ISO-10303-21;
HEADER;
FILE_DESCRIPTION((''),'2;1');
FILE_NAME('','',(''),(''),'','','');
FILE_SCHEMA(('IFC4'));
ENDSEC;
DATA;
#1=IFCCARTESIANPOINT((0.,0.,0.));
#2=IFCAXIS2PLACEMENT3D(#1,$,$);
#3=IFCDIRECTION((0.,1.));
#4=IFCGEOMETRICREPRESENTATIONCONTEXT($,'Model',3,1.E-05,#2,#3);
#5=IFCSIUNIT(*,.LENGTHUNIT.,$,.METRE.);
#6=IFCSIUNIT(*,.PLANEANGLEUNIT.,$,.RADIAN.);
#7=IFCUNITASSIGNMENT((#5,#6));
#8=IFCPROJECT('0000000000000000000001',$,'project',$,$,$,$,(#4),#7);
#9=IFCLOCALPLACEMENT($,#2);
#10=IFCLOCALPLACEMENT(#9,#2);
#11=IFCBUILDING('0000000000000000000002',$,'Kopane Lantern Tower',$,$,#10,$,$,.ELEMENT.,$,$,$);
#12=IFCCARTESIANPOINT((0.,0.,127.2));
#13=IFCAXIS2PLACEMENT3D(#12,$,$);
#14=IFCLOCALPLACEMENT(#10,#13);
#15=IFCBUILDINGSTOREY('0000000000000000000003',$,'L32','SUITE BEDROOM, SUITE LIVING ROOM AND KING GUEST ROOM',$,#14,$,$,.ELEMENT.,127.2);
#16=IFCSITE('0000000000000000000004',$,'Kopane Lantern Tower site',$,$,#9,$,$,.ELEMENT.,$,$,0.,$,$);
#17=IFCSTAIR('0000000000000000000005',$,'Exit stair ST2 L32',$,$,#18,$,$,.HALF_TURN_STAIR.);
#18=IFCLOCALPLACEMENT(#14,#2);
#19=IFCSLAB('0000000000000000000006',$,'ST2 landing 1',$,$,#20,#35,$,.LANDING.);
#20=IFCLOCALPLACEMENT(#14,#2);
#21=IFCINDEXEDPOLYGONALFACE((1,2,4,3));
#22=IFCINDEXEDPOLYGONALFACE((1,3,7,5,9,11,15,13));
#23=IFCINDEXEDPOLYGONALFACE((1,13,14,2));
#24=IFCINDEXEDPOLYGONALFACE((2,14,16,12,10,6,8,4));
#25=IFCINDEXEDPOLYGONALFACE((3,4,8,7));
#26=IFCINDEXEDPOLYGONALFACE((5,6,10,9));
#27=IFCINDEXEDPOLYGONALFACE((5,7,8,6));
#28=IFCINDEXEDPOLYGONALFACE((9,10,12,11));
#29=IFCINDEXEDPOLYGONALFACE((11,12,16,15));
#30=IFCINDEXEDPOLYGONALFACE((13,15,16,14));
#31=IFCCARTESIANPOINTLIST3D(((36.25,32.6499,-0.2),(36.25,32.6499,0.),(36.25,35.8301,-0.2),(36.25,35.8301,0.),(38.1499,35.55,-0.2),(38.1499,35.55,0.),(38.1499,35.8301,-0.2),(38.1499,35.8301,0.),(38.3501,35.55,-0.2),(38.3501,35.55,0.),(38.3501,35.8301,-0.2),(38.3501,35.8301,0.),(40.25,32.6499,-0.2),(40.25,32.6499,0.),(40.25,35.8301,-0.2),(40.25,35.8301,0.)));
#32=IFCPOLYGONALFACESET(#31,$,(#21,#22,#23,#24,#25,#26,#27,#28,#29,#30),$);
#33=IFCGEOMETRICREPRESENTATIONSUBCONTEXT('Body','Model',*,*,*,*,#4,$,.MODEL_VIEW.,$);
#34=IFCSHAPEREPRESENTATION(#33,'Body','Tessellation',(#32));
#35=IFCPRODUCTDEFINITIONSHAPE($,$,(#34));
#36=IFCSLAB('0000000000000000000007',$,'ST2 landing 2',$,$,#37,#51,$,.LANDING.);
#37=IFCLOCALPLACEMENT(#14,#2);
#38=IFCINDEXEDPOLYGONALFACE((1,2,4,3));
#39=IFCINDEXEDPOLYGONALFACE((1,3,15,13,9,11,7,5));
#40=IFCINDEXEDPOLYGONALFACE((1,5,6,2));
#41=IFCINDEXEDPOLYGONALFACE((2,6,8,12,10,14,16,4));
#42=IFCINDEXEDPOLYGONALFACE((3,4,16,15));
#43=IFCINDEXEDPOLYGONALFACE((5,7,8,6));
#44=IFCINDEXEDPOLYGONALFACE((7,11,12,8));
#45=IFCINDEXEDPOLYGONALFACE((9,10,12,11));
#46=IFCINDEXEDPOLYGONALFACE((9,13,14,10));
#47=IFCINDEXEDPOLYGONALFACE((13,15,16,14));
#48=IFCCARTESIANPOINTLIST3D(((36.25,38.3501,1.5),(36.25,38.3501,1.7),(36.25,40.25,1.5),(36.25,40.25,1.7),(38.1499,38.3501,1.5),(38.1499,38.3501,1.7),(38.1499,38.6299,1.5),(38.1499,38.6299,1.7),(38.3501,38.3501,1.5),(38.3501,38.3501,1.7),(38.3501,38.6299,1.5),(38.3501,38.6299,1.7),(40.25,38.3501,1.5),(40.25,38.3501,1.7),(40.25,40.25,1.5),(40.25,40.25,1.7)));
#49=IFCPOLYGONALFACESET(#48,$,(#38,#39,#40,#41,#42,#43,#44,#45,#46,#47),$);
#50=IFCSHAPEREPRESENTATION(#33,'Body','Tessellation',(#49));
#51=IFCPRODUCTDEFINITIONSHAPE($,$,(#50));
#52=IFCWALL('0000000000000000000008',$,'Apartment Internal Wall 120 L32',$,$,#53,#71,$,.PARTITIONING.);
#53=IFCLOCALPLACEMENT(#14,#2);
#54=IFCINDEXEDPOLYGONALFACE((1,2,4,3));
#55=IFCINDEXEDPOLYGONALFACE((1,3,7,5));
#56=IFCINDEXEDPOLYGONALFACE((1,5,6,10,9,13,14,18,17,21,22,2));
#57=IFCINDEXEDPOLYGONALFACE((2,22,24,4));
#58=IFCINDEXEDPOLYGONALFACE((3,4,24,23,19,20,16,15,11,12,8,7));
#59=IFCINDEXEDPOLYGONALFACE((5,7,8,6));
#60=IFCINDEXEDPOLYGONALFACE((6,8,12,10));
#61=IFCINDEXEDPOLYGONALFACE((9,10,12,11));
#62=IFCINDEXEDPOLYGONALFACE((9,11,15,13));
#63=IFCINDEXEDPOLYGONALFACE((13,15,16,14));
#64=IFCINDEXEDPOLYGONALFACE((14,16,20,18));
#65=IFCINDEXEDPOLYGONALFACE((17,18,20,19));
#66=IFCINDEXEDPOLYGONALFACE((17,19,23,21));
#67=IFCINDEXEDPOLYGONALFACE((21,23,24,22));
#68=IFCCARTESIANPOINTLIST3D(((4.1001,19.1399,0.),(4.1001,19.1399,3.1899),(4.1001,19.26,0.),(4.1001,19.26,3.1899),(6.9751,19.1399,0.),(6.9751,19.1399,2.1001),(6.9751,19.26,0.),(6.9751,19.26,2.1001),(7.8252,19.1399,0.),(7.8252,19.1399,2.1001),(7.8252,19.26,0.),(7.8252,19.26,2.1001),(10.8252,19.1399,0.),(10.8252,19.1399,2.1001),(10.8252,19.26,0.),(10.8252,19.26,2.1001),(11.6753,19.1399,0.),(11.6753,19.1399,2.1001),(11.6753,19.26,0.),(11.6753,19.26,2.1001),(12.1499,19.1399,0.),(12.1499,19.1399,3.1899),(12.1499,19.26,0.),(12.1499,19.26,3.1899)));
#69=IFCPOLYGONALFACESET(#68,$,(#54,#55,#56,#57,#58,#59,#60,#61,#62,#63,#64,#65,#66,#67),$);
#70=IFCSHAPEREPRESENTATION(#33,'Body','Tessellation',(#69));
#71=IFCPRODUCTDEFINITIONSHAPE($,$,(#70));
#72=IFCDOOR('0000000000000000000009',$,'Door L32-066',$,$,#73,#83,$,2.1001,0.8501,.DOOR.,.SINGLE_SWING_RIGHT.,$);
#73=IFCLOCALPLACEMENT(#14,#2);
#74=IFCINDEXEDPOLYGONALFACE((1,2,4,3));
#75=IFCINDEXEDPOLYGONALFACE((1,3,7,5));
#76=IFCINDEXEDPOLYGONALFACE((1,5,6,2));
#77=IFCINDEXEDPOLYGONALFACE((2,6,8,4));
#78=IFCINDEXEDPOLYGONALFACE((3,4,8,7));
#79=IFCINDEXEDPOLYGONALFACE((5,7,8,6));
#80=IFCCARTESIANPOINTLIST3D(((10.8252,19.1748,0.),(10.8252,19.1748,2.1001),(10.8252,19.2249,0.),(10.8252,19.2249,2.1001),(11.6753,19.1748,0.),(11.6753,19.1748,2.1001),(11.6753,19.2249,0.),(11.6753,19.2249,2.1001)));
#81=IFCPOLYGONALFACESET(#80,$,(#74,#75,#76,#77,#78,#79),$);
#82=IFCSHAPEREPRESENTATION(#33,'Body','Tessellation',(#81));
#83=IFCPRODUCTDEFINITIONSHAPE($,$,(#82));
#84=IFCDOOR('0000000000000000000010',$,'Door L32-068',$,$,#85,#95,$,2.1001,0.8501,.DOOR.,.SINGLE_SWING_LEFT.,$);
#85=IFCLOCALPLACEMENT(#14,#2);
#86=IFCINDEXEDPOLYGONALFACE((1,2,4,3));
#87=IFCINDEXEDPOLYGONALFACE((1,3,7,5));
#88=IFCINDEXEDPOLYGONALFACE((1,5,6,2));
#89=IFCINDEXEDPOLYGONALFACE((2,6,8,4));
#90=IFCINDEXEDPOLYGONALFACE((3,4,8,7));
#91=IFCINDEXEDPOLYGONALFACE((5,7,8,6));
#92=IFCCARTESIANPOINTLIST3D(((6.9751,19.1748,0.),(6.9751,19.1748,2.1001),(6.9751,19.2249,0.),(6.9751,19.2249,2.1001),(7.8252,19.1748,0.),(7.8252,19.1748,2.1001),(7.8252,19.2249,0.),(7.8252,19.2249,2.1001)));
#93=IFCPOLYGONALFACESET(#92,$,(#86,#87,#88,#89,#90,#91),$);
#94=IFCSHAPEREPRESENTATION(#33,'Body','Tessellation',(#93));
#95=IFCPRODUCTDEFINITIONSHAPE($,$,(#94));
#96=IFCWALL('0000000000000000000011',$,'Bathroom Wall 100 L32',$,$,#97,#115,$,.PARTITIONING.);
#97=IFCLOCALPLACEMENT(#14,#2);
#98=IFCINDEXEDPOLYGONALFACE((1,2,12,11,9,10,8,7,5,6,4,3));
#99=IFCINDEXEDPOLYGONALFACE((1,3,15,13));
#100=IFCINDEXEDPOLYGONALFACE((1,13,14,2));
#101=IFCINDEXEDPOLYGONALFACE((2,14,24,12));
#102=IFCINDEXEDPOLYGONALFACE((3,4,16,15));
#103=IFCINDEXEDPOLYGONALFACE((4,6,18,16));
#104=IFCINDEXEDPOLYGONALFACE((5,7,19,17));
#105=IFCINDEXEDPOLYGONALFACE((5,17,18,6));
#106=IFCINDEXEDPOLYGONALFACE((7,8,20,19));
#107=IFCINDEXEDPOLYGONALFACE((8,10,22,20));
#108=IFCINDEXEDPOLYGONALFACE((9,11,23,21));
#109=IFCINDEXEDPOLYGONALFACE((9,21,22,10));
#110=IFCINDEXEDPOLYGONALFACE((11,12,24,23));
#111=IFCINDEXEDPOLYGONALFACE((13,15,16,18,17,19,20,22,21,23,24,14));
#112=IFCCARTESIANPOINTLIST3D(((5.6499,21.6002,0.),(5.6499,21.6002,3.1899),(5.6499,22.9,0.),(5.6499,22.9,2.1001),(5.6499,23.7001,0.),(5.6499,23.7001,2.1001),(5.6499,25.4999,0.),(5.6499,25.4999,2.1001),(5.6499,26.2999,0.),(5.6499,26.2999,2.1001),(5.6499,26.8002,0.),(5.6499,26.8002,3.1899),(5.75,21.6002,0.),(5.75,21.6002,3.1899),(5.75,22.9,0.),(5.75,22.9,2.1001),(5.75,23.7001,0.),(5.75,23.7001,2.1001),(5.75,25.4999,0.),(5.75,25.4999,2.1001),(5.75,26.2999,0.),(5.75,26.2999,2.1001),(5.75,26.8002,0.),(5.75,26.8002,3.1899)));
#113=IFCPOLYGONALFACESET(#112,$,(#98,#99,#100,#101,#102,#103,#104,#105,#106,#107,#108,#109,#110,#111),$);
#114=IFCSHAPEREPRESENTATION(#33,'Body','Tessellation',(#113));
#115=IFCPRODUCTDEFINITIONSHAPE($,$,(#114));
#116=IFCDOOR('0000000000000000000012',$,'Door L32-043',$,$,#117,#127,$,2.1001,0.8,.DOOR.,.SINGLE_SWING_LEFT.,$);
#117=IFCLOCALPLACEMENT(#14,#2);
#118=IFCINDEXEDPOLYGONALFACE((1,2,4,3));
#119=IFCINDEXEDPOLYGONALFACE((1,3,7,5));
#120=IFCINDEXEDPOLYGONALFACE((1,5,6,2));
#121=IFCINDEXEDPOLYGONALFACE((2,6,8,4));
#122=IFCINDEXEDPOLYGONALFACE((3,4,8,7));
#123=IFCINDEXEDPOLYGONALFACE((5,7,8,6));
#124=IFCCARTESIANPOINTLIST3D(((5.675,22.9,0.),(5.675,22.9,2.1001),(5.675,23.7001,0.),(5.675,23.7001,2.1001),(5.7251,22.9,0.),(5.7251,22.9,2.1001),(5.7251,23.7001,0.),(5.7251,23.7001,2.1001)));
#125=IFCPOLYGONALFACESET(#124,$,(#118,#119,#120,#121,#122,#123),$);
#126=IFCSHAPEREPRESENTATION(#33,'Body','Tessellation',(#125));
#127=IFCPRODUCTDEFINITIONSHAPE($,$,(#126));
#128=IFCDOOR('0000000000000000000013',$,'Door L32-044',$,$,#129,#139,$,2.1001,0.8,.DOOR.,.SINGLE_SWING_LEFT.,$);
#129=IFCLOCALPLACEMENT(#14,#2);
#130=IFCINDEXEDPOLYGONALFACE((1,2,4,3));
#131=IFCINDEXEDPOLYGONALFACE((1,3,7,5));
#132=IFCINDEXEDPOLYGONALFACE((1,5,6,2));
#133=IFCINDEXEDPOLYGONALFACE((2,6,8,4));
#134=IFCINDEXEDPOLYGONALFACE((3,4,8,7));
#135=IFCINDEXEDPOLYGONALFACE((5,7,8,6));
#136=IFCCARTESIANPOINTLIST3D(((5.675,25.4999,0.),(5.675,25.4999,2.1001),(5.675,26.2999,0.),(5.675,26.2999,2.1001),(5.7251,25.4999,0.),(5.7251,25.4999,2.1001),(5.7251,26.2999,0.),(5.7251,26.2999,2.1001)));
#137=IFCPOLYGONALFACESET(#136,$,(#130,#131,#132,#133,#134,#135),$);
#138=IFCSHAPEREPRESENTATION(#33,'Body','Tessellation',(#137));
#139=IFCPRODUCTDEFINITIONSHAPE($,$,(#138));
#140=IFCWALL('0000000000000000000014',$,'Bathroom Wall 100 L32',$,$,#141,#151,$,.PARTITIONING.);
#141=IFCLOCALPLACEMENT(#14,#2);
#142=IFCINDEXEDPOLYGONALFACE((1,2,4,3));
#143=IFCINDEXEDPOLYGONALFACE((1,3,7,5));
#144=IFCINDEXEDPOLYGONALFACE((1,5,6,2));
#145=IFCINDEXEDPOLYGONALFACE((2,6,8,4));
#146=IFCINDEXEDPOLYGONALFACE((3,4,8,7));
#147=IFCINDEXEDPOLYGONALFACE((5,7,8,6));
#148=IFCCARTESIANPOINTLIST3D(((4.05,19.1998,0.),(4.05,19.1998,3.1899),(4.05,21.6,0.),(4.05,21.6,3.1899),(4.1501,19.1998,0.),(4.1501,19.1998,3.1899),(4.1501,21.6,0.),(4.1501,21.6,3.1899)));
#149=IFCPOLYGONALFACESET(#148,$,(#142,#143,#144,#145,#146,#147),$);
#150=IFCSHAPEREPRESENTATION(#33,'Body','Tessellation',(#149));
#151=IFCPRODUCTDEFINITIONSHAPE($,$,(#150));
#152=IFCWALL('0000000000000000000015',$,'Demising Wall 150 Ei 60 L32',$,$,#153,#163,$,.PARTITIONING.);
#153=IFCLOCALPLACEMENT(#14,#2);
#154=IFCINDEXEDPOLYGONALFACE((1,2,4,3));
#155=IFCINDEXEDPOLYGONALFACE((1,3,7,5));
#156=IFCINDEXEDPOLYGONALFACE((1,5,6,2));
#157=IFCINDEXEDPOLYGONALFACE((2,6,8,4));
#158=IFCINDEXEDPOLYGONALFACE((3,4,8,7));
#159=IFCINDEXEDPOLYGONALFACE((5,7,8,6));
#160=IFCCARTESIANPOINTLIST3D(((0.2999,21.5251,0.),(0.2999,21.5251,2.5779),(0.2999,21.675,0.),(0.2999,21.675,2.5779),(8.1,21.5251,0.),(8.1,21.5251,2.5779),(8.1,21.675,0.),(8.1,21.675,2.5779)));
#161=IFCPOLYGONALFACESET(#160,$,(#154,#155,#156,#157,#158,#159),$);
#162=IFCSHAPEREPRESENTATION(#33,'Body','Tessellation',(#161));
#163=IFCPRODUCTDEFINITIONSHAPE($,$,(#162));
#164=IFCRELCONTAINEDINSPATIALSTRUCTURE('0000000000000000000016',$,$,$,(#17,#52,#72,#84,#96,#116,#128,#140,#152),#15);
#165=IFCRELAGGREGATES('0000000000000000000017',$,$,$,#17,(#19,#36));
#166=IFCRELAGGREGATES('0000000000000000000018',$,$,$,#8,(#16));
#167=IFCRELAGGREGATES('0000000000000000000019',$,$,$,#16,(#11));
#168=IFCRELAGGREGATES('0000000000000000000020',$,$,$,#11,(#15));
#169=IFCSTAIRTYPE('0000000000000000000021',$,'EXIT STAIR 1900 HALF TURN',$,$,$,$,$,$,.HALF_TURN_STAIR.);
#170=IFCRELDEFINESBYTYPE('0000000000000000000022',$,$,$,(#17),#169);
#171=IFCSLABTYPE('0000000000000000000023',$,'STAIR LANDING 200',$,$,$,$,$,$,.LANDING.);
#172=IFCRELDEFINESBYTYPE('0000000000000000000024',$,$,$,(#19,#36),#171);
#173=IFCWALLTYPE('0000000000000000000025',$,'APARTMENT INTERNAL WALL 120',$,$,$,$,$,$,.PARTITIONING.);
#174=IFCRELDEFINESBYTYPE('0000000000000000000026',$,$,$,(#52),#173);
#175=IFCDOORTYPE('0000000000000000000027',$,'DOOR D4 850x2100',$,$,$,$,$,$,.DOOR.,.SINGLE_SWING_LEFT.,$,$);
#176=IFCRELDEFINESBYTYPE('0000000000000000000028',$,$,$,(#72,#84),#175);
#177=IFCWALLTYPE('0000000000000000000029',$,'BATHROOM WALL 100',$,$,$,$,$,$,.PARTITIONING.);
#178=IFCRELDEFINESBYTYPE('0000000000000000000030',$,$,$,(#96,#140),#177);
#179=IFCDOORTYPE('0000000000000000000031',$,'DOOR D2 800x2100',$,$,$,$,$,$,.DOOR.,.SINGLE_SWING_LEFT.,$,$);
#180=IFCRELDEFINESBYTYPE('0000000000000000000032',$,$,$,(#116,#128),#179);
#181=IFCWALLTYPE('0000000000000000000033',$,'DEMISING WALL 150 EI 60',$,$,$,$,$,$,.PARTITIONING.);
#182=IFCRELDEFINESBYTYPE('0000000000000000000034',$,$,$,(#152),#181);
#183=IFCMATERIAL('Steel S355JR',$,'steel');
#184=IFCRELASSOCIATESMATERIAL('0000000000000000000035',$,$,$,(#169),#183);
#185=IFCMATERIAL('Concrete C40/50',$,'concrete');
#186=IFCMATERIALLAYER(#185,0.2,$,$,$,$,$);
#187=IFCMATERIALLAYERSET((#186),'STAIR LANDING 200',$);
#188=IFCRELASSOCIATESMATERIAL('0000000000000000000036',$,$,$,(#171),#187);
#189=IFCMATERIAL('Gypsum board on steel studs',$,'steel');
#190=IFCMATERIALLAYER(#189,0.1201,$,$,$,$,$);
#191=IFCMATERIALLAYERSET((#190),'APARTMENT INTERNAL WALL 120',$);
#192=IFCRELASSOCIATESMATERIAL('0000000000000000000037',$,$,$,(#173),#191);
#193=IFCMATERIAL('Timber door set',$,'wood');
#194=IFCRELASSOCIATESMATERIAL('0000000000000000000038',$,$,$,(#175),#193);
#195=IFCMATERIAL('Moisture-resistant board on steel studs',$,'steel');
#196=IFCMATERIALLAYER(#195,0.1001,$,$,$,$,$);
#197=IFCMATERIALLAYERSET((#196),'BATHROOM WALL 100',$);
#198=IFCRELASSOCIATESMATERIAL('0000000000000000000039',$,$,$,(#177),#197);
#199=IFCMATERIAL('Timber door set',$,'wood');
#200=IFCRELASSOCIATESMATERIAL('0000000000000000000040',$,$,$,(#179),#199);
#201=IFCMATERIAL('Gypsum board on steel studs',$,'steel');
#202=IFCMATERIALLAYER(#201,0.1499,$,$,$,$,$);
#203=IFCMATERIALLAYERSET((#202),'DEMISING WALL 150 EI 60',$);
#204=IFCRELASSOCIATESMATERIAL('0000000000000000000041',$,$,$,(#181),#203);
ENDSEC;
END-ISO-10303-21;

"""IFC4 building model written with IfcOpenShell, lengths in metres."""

from ifc_helpers import new_model, si_unit, direction, frame, frame_2d, origin, place, context, subcontext, project, spatial, polyline, rectangle, outline, extrude, material, layer, layer_set, type_object, element, fill, aggregate, save


model = new_model("IFC4")

# Units and contexts
model_context = context("Model", 3, precision=1e-05, world=origin(), true_north=direction((0.0, 1.0)))
body_context = subcontext(model_context, "Body", "Model", "MODEL_VIEW")
ifc_project = project(units=[si_unit("LENGTHUNIT", "METRE"), si_unit("PLANEANGLEUNIT", "RADIAN")], contexts=[model_context])

# Site, building, storey
site_placement = place(None, origin())
site = spatial("IfcSite", under=ifc_project, at=site_placement, Name="Kopane Lantern Tower site", CompositionType="ELEMENT", RefElevation=0.0)
building_placement = place(site_placement, origin())
building = spatial("IfcBuilding", under=site, at=building_placement, Name="Kopane Lantern Tower", CompositionType="ELEMENT")
storey_placement = place(building_placement, frame((0.0, 0.0, 127.2)))
storey = spatial("IfcBuildingStorey", under=building, at=storey_placement, Name="L32", Description="SUITE BEDROOM, SUITE LIVING ROOM AND KING GUEST ROOM", CompositionType="ELEMENT", Elevation=127.2)

# Stair, slabs
ifc_material_1 = material(Name="Steel S355JR", Category="steel")
stair_type = type_object("IfcStairType", Name="EXIT STAIR 1900 HALF TURN", PredefinedType="HALF_TURN_STAIR", material=ifc_material_1)
ifc_material_2 = material(Name="Concrete C40/50", Category="concrete")
ifc_layer_1 = layer(ifc_material_2, 0.2)
ifc_layer_set_1 = layer_set([ifc_layer_1], Name="STAIR LANDING 200")
slab_type_1 = type_object("IfcSlabType", Name="STAIR LANDING 200", PredefinedType="LANDING", material=ifc_layer_set_1)
stair_1_placement = place(storey_placement, origin())
stair_1 = element("IfcStair", 1, at=stair_1_placement, inside=storey, type_object=stair_type, Name="Exit stair ST2 L32", PredefinedType="HALF_TURN_STAIR")
slab_1_placement = place(storey_placement, frame((0.0, 0.0, -0.2)))
slab_1 = element("IfcSlab", 2, at=slab_1_placement, type_object=slab_type_1, Name="ST2 landing 1", PredefinedType="LANDING", context=body_context, shape_type="SweptSolid", body=[
    extrude(outline(polyline([(40.25, 35.8301), (38.3501, 35.8301), (38.3501, 35.55), (38.1499, 35.55), (38.1499, 35.8301), (36.25, 35.8301), (36.25, 32.6499), (40.25, 32.6499), (40.25, 35.8301)])), origin(), (0.0, 0.0, 1.0), 0.2),
])
slab_2_placement = place(storey_placement, frame((0.0, 0.0, 1.5)))
slab_2 = element("IfcSlab", 3, at=slab_2_placement, type_object=slab_type_1, Name="ST2 landing 2", PredefinedType="LANDING", context=body_context, shape_type="SweptSolid", body=[
    extrude(outline(polyline([(38.1499, 38.6299), (38.3501, 38.6299), (38.3501, 38.3501), (40.25, 38.3501), (40.25, 40.25), (36.25, 40.25), (36.25, 38.3501), (38.1499, 38.3501), (38.1499, 38.6299)])), origin(), (0.0, 0.0, 1.0), 0.2),
])
aggregate(stair_1, [slab_1, slab_2])

# Walls, openings, doors
ifc_material_3 = material(Name="Gypsum board on steel studs", Category="steel")
ifc_layer_2 = layer(ifc_material_3, 0.1201)
ifc_layer_set_2 = layer_set([ifc_layer_2], Name="APARTMENT INTERNAL WALL 120")
wall_type_1 = type_object("IfcWallType", Name="APARTMENT INTERNAL WALL 120", PredefinedType="PARTITIONING", material=ifc_layer_set_2)
wall_1_placement = place(storey_placement, frame((4.1001, 19.2, 0.0), z_axis=(0.0, 0.0, 1.0), x_axis=(1.0, 0.0, 0.0)))
wall_1 = element("IfcWall", 4, at=wall_1_placement, inside=storey, type_object=wall_type_1, Name="Apartment Internal Wall 120 L32", PredefinedType="PARTITIONING", context=body_context, shape_type="SweptSolid", body=[
    extrude(rectangle(XDim=8.0498, YDim=0.1201, at=frame_2d((4.0249, 0.0))), origin(), (0.0, 0.0, 1.0), 3.1899),
])
opening_1_placement = place(wall_1_placement, frame((6.7251, 0.0, 0.0)))
opening_1 = element("IfcOpeningElement", 5, at=opening_1_placement, cuts=wall_1, PredefinedType="OPENING", context=body_context, shape_type="SweptSolid", body=[
    extrude(rectangle(XDim=0.8501, YDim=2.1001, at=frame_2d((0.425, 1.05))), frame((0.0, 0.0701, 0.0), z_axis=(0.0, -1.0, 0.0), x_axis=(1.0, 0.0, 0.0)), (0.0, 0.0, 1.0), 0.1401),
])
opening_2_placement = place(wall_1_placement, frame((2.875, 0.0, 0.0)))
opening_2 = element("IfcOpeningElement", 6, at=opening_2_placement, cuts=wall_1, PredefinedType="OPENING", context=body_context, shape_type="SweptSolid", body=[
    extrude(rectangle(XDim=0.8501, YDim=2.1001, at=frame_2d((0.425, 1.05))), frame((0.0, 0.0701, 0.0), z_axis=(0.0, -1.0, 0.0), x_axis=(1.0, 0.0, 0.0)), (0.0, 0.0, 1.0), 0.1401),
])
ifc_material_4 = material(Name="Timber door set", Category="wood")
door_type_1 = type_object("IfcDoorType", Name="DOOR D4 850x2100", OperationType="SINGLE_SWING_LEFT", PredefinedType="DOOR", material=ifc_material_4)
door_1_placement = place(opening_1_placement, origin())
door_1 = element("IfcDoor", 7, at=door_1_placement, inside=storey, type_object=door_type_1, Name="Door L32-066", OperationType="SINGLE_SWING_RIGHT", OverallHeight=2.1001, OverallWidth=0.8501, PredefinedType="DOOR", context=body_context, shape_type="SweptSolid", body=[
    extrude(rectangle(XDim=0.8501, YDim=2.1001, at=frame_2d((0.425, 1.05))), frame((0.0, 0.0249, 0.0), z_axis=(0.0, -1.0, 0.0), x_axis=(1.0, 0.0, 0.0)), (0.0, 0.0, 1.0), 0.05),
])
fill(opening_1, door_1)
door_2_placement = place(opening_2_placement, origin())
door_2 = element("IfcDoor", 8, at=door_2_placement, inside=storey, type_object=door_type_1, Name="Door L32-068", OperationType="SINGLE_SWING_LEFT", OverallHeight=2.1001, OverallWidth=0.8501, PredefinedType="DOOR", context=body_context, shape_type="SweptSolid", body=[
    extrude(rectangle(XDim=0.8501, YDim=2.1001, at=frame_2d((0.425, 1.05))), frame((0.0, 0.0249, 0.0), z_axis=(0.0, -1.0, 0.0), x_axis=(1.0, 0.0, 0.0)), (0.0, 0.0, 1.0), 0.05),
])
fill(opening_2, door_2)
ifc_material_5 = material(Name="Moisture-resistant board on steel studs", Category="steel")
ifc_layer_3 = layer(ifc_material_5, 0.1001)
ifc_layer_set_3 = layer_set([ifc_layer_3], Name="BATHROOM WALL 100")
wall_type_2 = type_object("IfcWallType", Name="BATHROOM WALL 100", PredefinedType="PARTITIONING", material=ifc_layer_set_3)
wall_2_placement = place(storey_placement, frame((5.7, 21.6001, 0.0), z_axis=(0.0, 0.0, 1.0), x_axis=(0.0, 1.0, 0.0)))
wall_2 = element("IfcWall", 9, at=wall_2_placement, inside=storey, type_object=wall_type_2, Name="Bathroom Wall 100 L32", PredefinedType="PARTITIONING", context=body_context, shape_type="SweptSolid", body=[
    extrude(rectangle(XDim=5.2, YDim=0.1001, at=frame_2d((2.6001, 0.0))), origin(), (0.0, 0.0, 1.0), 3.1899),
])
opening_3_placement = place(wall_2_placement, frame((1.3, 0.0, 0.0)))
opening_3 = element("IfcOpeningElement", 10, at=opening_3_placement, cuts=wall_2, PredefinedType="OPENING", context=body_context, shape_type="SweptSolid", body=[
    extrude(rectangle(XDim=0.8, YDim=2.1001, at=frame_2d((0.3999, 1.05))), frame((0.0, 0.0601, 0.0), z_axis=(0.0, -1.0, 0.0), x_axis=(1.0, 0.0, 0.0)), (0.0, 0.0, 1.0), 0.1201),
])
opening_4_placement = place(wall_2_placement, frame((3.8999, 0.0, 0.0)))
opening_4 = element("IfcOpeningElement", 11, at=opening_4_placement, cuts=wall_2, PredefinedType="OPENING", context=body_context, shape_type="SweptSolid", body=[
    extrude(rectangle(XDim=0.8, YDim=2.1001, at=frame_2d((0.3999, 1.05))), frame((0.0, 0.0601, 0.0), z_axis=(0.0, -1.0, 0.0), x_axis=(1.0, 0.0, 0.0)), (0.0, 0.0, 1.0), 0.1201),
])
ifc_material_6 = material(Name="Timber door set", Category="wood")
door_type_2 = type_object("IfcDoorType", Name="DOOR D2 800x2100", OperationType="SINGLE_SWING_LEFT", PredefinedType="DOOR", material=ifc_material_6)
door_3_placement = place(opening_3_placement, origin())
door_3 = element("IfcDoor", 12, at=door_3_placement, inside=storey, type_object=door_type_2, Name="Door L32-043", OperationType="SINGLE_SWING_LEFT", OverallHeight=2.1001, OverallWidth=0.8, PredefinedType="DOOR", context=body_context, shape_type="SweptSolid", body=[
    extrude(rectangle(XDim=0.8, YDim=2.1001, at=frame_2d((0.3999, 1.05))), frame((0.0, 0.0249, 0.0), z_axis=(0.0, -1.0, 0.0), x_axis=(1.0, 0.0, 0.0)), (0.0, 0.0, 1.0), 0.05),
])
fill(opening_3, door_3)
door_4_placement = place(opening_4_placement, origin())
door_4 = element("IfcDoor", 13, at=door_4_placement, inside=storey, type_object=door_type_2, Name="Door L32-044", OperationType="SINGLE_SWING_LEFT", OverallHeight=2.1001, OverallWidth=0.8, PredefinedType="DOOR", context=body_context, shape_type="SweptSolid", body=[
    extrude(rectangle(XDim=0.8, YDim=2.1001, at=frame_2d((0.3999, 1.05))), frame((0.0, 0.0249, 0.0), z_axis=(0.0, -1.0, 0.0), x_axis=(1.0, 0.0, 0.0)), (0.0, 0.0, 1.0), 0.05),
])
fill(opening_4, door_4)

# Walls
wall_3_placement = place(storey_placement, frame((4.1001, 21.6001, 0.0), z_axis=(0.0, 0.0, 1.0), x_axis=(0.0, -1.0, 0.0)))
element("IfcWall", 14, at=wall_3_placement, inside=storey, type_object=wall_type_2, Name="Bathroom Wall 100 L32", PredefinedType="PARTITIONING", context=body_context, shape_type="SweptSolid", body=[
    extrude(rectangle(XDim=2.4001, YDim=0.1001, at=frame_2d((1.2002, 0.0))), origin(), (0.0, 0.0, 1.0), 3.1899),
])
ifc_material_7 = material(Name="Gypsum board on steel studs", Category="steel")
ifc_layer_4 = layer(ifc_material_7, 0.1499)
ifc_layer_set_4 = layer_set([ifc_layer_4], Name="DEMISING WALL 150 EI 60")
wall_type_3 = type_object("IfcWallType", Name="DEMISING WALL 150 EI 60", PredefinedType="PARTITIONING", material=ifc_layer_set_4)
wall_4_placement = place(storey_placement, frame((0.3, 21.6001, 0.0), z_axis=(0.0, 0.0, 1.0), x_axis=(1.0, 0.0, 0.0)))
element("IfcWall", 15, at=wall_4_placement, inside=storey, type_object=wall_type_3, Name="Demising Wall 150 Ei 60 L32", PredefinedType="PARTITIONING", context=body_context, shape_type="SweptSolid", body=[
    extrude(rectangle(XDim=7.8, YDim=0.1499, at=frame_2d((3.8999, 0.0))), origin(), (0.0, 0.0, 1.0), 2.5779),
])

save(model, "model.ifc")
